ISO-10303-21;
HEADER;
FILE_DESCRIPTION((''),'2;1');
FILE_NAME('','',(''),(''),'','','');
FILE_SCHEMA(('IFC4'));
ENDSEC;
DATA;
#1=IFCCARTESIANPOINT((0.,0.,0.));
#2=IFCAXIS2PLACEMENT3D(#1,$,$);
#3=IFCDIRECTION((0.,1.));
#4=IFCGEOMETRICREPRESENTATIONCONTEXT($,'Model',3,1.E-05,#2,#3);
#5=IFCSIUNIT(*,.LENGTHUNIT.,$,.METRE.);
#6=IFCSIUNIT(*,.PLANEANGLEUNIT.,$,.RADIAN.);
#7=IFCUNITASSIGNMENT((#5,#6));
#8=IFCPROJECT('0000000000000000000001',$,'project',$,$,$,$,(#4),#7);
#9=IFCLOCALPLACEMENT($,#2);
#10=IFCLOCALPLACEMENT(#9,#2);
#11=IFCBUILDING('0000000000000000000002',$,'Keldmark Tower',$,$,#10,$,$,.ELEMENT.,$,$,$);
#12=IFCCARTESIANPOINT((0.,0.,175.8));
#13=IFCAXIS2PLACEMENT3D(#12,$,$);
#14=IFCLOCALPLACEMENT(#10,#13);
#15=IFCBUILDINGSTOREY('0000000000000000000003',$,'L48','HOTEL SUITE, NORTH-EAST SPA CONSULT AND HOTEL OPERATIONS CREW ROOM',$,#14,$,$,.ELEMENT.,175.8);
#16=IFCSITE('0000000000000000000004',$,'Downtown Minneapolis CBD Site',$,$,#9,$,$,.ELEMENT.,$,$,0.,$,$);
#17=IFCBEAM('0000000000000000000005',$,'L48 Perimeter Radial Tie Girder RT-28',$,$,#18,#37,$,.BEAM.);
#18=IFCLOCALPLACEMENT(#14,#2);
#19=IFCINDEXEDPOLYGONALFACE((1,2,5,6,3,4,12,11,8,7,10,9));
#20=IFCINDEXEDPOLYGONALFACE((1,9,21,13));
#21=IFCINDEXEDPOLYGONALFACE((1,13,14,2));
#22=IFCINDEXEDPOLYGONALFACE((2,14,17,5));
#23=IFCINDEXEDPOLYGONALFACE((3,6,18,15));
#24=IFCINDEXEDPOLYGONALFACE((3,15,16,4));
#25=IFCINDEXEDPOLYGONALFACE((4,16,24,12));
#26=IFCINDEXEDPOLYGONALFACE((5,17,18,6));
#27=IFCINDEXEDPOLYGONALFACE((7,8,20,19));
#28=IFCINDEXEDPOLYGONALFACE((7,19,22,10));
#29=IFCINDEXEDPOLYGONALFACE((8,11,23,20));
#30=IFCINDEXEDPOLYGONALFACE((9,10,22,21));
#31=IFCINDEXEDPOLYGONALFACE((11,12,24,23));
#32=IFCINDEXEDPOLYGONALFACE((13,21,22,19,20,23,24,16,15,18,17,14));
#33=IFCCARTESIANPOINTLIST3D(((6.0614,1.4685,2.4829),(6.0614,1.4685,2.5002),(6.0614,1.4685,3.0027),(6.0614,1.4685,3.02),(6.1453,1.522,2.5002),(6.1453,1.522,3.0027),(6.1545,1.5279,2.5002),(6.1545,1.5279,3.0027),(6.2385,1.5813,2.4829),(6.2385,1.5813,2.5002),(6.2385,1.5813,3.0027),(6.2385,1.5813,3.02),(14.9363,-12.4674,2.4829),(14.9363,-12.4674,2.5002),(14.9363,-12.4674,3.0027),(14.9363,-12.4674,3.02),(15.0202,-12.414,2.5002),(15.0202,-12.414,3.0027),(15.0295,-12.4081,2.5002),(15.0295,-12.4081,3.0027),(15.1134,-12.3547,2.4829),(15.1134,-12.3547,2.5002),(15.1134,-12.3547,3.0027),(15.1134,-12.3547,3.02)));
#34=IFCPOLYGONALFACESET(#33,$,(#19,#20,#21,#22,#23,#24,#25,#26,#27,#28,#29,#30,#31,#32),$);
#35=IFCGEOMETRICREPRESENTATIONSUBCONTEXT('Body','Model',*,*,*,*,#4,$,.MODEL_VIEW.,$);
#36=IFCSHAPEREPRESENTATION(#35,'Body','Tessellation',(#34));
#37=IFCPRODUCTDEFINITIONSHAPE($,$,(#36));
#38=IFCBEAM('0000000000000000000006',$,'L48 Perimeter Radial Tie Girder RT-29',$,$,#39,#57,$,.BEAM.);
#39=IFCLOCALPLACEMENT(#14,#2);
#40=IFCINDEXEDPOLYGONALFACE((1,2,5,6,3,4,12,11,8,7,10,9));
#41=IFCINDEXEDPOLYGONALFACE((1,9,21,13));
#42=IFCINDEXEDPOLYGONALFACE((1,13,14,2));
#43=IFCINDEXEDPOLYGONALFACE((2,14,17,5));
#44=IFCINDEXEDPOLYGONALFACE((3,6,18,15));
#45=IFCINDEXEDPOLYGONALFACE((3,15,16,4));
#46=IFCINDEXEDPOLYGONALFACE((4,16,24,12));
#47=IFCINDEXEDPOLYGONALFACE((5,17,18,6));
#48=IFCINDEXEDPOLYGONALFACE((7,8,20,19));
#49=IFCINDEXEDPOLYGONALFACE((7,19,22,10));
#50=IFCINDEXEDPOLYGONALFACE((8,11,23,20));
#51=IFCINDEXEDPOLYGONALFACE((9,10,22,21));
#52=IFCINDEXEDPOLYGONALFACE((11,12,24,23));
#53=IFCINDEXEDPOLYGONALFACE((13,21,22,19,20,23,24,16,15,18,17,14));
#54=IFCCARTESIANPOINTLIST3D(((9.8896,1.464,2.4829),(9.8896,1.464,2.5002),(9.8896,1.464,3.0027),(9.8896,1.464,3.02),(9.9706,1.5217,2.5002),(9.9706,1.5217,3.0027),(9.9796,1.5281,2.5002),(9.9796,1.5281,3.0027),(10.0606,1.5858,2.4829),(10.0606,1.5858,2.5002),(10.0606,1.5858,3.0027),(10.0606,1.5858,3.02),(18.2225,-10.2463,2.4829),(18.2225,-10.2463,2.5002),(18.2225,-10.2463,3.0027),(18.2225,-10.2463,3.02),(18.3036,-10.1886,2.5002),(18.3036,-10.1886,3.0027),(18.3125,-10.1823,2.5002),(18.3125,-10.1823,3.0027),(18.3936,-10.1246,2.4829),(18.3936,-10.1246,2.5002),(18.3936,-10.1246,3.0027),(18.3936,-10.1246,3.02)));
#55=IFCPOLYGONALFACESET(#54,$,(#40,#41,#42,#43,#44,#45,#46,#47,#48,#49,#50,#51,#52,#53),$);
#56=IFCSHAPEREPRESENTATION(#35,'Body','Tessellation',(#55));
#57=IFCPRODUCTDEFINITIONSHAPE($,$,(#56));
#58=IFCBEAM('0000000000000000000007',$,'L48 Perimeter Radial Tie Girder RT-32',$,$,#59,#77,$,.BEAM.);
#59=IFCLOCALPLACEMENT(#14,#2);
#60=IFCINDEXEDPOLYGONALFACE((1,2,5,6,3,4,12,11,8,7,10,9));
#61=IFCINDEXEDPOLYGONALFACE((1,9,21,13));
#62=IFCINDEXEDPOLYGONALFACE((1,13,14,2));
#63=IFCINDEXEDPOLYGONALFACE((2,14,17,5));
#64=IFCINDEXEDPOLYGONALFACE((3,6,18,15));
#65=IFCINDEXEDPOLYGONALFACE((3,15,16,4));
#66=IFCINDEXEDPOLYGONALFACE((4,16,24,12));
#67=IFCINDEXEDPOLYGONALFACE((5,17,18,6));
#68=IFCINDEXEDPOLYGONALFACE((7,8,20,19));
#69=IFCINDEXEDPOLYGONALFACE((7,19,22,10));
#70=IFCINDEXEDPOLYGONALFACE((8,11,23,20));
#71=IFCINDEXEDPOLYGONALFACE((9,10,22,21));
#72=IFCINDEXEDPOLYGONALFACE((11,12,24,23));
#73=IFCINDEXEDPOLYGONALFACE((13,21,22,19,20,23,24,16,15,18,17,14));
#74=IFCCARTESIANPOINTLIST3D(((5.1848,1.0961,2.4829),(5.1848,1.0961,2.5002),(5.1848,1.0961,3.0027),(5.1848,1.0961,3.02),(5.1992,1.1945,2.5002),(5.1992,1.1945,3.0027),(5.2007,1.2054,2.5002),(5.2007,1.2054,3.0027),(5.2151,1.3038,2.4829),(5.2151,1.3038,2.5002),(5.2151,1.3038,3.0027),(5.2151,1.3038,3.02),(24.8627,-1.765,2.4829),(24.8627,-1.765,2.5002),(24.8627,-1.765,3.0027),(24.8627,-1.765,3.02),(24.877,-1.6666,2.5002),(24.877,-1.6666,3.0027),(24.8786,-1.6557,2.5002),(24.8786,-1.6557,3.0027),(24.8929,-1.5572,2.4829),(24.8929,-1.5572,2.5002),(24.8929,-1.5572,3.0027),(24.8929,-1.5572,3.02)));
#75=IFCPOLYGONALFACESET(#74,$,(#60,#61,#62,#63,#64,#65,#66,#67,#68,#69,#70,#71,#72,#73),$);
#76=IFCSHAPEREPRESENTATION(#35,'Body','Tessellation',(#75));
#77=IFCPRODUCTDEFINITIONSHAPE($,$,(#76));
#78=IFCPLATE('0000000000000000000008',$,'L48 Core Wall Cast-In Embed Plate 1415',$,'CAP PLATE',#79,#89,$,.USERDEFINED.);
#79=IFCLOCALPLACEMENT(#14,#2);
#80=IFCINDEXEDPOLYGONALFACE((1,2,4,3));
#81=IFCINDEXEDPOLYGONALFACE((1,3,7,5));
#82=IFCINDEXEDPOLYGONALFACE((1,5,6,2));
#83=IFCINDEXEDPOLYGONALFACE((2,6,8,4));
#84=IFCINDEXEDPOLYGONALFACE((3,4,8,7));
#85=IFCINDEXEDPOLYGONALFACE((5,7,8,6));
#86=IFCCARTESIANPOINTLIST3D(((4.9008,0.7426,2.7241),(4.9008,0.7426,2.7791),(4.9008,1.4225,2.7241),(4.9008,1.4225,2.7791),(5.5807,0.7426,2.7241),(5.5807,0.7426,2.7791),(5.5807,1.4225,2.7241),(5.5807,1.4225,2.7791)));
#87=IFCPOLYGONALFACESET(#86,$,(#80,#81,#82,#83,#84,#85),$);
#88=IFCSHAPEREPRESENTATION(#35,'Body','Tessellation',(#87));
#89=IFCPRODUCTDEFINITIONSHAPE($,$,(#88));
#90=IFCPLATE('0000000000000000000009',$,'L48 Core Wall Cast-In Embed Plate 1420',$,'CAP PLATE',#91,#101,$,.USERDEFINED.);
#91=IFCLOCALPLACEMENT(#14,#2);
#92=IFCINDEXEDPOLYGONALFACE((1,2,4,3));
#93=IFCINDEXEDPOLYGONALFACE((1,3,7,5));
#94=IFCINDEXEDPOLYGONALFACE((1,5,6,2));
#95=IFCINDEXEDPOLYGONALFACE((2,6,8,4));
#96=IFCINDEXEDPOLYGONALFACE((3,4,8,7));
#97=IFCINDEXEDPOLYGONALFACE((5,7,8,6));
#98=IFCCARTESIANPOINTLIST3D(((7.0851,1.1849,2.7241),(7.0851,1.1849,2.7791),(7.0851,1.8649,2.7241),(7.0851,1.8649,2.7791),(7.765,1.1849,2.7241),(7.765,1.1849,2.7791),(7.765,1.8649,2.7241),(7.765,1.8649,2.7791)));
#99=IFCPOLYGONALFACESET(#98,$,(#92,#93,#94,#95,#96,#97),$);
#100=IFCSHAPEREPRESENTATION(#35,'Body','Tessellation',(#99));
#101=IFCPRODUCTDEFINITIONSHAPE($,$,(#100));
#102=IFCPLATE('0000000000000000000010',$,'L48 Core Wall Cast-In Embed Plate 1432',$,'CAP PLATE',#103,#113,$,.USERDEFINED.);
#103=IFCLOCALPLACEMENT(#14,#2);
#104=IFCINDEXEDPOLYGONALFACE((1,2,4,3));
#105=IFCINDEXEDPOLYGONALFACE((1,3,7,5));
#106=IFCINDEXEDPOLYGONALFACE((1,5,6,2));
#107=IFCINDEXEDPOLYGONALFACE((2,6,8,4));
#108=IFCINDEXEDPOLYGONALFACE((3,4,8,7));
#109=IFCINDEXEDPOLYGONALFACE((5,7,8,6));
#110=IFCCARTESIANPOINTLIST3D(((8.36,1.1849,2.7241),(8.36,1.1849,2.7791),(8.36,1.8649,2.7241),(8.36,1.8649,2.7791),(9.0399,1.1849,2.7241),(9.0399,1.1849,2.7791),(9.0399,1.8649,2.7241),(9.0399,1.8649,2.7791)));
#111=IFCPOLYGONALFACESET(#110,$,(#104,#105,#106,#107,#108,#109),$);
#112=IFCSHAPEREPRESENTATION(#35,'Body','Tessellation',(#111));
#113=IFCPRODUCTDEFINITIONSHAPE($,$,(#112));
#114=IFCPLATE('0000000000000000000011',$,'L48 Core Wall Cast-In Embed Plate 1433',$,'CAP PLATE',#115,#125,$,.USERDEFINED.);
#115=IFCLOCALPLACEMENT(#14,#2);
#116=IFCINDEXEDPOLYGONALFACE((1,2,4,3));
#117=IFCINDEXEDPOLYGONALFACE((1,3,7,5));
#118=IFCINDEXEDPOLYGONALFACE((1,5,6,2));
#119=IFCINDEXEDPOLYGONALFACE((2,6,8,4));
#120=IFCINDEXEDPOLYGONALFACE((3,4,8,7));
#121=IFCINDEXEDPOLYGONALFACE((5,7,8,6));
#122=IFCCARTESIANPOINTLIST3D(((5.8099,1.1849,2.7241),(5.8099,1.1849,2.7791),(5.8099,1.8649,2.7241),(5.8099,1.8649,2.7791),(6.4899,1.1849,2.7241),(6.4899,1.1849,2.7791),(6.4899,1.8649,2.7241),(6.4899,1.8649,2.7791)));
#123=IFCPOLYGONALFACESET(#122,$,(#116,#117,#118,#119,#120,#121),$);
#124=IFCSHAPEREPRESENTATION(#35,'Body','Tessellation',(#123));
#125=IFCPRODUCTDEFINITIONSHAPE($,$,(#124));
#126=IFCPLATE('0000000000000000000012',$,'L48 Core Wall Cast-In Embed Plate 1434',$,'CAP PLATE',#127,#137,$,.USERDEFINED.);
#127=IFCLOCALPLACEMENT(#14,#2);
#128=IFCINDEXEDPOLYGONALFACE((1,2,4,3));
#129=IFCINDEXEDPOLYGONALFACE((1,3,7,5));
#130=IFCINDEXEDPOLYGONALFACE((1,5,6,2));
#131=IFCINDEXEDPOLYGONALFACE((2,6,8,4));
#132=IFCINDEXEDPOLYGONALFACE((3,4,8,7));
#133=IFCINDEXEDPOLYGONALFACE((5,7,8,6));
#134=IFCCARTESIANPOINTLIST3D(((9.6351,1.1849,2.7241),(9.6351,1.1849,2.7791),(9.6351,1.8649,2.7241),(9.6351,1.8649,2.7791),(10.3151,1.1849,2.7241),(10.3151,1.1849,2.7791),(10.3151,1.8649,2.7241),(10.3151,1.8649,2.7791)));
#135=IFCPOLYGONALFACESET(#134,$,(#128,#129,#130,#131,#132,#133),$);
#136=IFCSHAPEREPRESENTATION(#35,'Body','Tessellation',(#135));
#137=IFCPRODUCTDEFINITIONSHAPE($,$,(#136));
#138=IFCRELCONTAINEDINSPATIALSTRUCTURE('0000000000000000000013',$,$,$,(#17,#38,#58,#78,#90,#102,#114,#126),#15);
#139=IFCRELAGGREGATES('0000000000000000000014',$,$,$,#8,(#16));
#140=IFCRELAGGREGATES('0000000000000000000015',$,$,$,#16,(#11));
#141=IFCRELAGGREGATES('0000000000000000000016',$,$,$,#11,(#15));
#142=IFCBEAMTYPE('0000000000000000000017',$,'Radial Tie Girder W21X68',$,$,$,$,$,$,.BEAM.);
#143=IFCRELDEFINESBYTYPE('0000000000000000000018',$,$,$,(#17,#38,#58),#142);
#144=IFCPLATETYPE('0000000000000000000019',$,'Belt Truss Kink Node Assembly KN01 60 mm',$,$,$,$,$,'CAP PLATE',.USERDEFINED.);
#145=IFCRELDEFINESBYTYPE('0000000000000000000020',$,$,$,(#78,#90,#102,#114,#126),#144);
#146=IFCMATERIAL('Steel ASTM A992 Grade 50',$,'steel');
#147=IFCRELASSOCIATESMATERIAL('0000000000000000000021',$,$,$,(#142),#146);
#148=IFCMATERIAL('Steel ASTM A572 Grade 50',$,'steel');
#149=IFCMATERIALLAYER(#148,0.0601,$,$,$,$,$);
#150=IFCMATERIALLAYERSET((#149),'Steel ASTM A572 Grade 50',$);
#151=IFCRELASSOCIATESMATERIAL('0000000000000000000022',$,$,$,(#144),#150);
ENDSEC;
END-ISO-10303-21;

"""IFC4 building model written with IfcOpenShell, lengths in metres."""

from ifc_helpers import new_model, si_unit, direction, frame, origin, origin_2d, place, context, subcontext, project, spatial, rectangle, i_section, extrude, material, layer, layer_set, material_profile, profile_set, type_object, element, save


model = new_model("IFC4")

# Units and contexts
model_context = context("Model", 3, precision=1e-05, world=origin(), true_north=direction((0.0, 1.0)))
body_context = subcontext(model_context, "Body", "Model", "MODEL_VIEW")
ifc_project = project(units=[si_unit("LENGTHUNIT", "METRE"), si_unit("PLANEANGLEUNIT", "RADIAN")], contexts=[model_context])

# Site, building, storey
site_placement = place(None, origin())
site = spatial("IfcSite", under=ifc_project, at=site_placement, Name="Downtown Minneapolis CBD Site", CompositionType="ELEMENT", RefElevation=0.0)
building_placement = place(site_placement, origin())
building = spatial("IfcBuilding", under=site, at=building_placement, Name="Keldmark Tower", CompositionType="ELEMENT")
storey_placement = place(building_placement, frame((0.0, 0.0, 175.8)))
storey = spatial("IfcBuildingStorey", under=building, at=storey_placement, Name="L48", Description="HOTEL SUITE, NORTH-EAST SPA CONSULT AND HOTEL OPERATIONS CREW ROOM", CompositionType="ELEMENT", Elevation=175.8)

# Beams
ifc_material_1 = material(Name="Steel ASTM A992 Grade 50", Category="steel")
ifc_material_profile_1 = material_profile(ifc_material_1, i_section(OverallWidth=0.21, OverallDepth=0.5371, WebThickness=0.011, FlangeThickness=0.0173, at=origin_2d()), Name="W21X68")
ifc_profile_set_1 = profile_set([ifc_material_profile_1], Name="Steel ASTM A992 Grade 50")
beam_type_1 = type_object("IfcBeamType", Name="Radial Tie Girder W21X68", PredefinedType="BEAM", material=ifc_profile_set_1)
beam_1_placement = place(storey_placement, frame((6.1499, 1.5249, 2.7515), z_axis=(0.53716, -0.84348, 0.0), x_axis=(0.84348, 0.53716, 0.0)))
element("IfcBeam", 1, at=beam_1_placement, inside=storey, type_object=beam_type_1, Name="L48 Perimeter Radial Tie Girder RT-28", PredefinedType="BEAM", context=body_context, shape_type="SweptSolid", body=[
    extrude(i_section(OverallWidth=0.21, OverallDepth=0.5371, WebThickness=0.011, FlangeThickness=0.0173, at=origin_2d()), origin(), (0.0, 0.0, 1.0), 16.522),
])
beam_2_placement = place(storey_placement, frame((9.9751, 1.5249, 2.7515), z_axis=(0.579781, -0.814772, 0.0), x_axis=(0.814772, 0.579781, 0.0)))
element("IfcBeam", 2, at=beam_2_placement, inside=storey, type_object=beam_type_1, Name="L48 Perimeter Radial Tie Girder RT-29", PredefinedType="BEAM", context=body_context, shape_type="SweptSolid", body=[
    extrude(i_section(OverallWidth=0.21, OverallDepth=0.5371, WebThickness=0.011, FlangeThickness=0.0173, at=origin_2d()), origin(), (0.0, 0.0, 1.0), 14.3726),
])
beam_3_placement = place(storey_placement, frame((5.2, 1.2, 2.7515), z_axis=(0.989595, -0.143882, 0.0), x_axis=(0.143882, 0.989595, 0.0)))
element("IfcBeam", 3, at=beam_3_placement, inside=storey, type_object=beam_type_1, Name="L48 Perimeter Radial Tie Girder RT-32", PredefinedType="BEAM", context=body_context, shape_type="SweptSolid", body=[
    extrude(i_section(OverallWidth=0.21, OverallDepth=0.5371, WebThickness=0.011, FlangeThickness=0.0173, at=origin_2d()), origin(), (0.0, 0.0, 1.0), 19.8848),
])

# Plates
ifc_material_2 = material(Name="Steel ASTM A572 Grade 50", Category="steel")
ifc_layer_1 = layer(ifc_material_2, 0.0601)
ifc_layer_set_1 = layer_set([ifc_layer_1], Name="Steel ASTM A572 Grade 50")
plate_type = type_object("IfcPlateType", Name="Belt Truss Kink Node Assembly KN01 60 mm", ElementType="CAP PLATE", PredefinedType="USERDEFINED", material=ifc_layer_set_1)
for number, where, z_axis, x_axis, name in (
    (4, (5.2407, 1.0825, 2.7241), (0.0, 0.0, 1.0), (1.0, 0.0, 0.0), "L48 Core Wall Cast-In Embed Plate 1415"),
    (5, (7.425, 1.5249, 2.7241), (0.0, 0.0, 1.0), (1.0, 0.0, 0.0), "L48 Core Wall Cast-In Embed Plate 1420"),
    (6, (8.7, 1.5249, 2.7241), (0.0, 0.0, 1.0), (1.0, 0.0, 0.0), "L48 Core Wall Cast-In Embed Plate 1432"),
    (7, (6.1499, 1.5249, 2.7241), (0.0, 0.0, 1.0), (1.0, 0.0, 0.0), "L48 Core Wall Cast-In Embed Plate 1433"),
    (8, (9.9751, 1.5249, 2.7241), (0.0, 0.0, 1.0), (1.0, 0.0, 0.0), "L48 Core Wall Cast-In Embed Plate 1434"),
):
    element("IfcPlate", number, at=place(storey_placement, frame(where, z_axis=z_axis, x_axis=x_axis)), inside=storey, type_object=plate_type, Name=name, ObjectType="CAP PLATE", PredefinedType="USERDEFINED", context=body_context, shape_type="SweptSolid", body=[
        extrude(rectangle(XDim=0.6799, YDim=0.6799, at=origin_2d()), origin(), (0.0, 0.0, 1.0), 0.0549),
    ])

save(model, "model.ifc")
